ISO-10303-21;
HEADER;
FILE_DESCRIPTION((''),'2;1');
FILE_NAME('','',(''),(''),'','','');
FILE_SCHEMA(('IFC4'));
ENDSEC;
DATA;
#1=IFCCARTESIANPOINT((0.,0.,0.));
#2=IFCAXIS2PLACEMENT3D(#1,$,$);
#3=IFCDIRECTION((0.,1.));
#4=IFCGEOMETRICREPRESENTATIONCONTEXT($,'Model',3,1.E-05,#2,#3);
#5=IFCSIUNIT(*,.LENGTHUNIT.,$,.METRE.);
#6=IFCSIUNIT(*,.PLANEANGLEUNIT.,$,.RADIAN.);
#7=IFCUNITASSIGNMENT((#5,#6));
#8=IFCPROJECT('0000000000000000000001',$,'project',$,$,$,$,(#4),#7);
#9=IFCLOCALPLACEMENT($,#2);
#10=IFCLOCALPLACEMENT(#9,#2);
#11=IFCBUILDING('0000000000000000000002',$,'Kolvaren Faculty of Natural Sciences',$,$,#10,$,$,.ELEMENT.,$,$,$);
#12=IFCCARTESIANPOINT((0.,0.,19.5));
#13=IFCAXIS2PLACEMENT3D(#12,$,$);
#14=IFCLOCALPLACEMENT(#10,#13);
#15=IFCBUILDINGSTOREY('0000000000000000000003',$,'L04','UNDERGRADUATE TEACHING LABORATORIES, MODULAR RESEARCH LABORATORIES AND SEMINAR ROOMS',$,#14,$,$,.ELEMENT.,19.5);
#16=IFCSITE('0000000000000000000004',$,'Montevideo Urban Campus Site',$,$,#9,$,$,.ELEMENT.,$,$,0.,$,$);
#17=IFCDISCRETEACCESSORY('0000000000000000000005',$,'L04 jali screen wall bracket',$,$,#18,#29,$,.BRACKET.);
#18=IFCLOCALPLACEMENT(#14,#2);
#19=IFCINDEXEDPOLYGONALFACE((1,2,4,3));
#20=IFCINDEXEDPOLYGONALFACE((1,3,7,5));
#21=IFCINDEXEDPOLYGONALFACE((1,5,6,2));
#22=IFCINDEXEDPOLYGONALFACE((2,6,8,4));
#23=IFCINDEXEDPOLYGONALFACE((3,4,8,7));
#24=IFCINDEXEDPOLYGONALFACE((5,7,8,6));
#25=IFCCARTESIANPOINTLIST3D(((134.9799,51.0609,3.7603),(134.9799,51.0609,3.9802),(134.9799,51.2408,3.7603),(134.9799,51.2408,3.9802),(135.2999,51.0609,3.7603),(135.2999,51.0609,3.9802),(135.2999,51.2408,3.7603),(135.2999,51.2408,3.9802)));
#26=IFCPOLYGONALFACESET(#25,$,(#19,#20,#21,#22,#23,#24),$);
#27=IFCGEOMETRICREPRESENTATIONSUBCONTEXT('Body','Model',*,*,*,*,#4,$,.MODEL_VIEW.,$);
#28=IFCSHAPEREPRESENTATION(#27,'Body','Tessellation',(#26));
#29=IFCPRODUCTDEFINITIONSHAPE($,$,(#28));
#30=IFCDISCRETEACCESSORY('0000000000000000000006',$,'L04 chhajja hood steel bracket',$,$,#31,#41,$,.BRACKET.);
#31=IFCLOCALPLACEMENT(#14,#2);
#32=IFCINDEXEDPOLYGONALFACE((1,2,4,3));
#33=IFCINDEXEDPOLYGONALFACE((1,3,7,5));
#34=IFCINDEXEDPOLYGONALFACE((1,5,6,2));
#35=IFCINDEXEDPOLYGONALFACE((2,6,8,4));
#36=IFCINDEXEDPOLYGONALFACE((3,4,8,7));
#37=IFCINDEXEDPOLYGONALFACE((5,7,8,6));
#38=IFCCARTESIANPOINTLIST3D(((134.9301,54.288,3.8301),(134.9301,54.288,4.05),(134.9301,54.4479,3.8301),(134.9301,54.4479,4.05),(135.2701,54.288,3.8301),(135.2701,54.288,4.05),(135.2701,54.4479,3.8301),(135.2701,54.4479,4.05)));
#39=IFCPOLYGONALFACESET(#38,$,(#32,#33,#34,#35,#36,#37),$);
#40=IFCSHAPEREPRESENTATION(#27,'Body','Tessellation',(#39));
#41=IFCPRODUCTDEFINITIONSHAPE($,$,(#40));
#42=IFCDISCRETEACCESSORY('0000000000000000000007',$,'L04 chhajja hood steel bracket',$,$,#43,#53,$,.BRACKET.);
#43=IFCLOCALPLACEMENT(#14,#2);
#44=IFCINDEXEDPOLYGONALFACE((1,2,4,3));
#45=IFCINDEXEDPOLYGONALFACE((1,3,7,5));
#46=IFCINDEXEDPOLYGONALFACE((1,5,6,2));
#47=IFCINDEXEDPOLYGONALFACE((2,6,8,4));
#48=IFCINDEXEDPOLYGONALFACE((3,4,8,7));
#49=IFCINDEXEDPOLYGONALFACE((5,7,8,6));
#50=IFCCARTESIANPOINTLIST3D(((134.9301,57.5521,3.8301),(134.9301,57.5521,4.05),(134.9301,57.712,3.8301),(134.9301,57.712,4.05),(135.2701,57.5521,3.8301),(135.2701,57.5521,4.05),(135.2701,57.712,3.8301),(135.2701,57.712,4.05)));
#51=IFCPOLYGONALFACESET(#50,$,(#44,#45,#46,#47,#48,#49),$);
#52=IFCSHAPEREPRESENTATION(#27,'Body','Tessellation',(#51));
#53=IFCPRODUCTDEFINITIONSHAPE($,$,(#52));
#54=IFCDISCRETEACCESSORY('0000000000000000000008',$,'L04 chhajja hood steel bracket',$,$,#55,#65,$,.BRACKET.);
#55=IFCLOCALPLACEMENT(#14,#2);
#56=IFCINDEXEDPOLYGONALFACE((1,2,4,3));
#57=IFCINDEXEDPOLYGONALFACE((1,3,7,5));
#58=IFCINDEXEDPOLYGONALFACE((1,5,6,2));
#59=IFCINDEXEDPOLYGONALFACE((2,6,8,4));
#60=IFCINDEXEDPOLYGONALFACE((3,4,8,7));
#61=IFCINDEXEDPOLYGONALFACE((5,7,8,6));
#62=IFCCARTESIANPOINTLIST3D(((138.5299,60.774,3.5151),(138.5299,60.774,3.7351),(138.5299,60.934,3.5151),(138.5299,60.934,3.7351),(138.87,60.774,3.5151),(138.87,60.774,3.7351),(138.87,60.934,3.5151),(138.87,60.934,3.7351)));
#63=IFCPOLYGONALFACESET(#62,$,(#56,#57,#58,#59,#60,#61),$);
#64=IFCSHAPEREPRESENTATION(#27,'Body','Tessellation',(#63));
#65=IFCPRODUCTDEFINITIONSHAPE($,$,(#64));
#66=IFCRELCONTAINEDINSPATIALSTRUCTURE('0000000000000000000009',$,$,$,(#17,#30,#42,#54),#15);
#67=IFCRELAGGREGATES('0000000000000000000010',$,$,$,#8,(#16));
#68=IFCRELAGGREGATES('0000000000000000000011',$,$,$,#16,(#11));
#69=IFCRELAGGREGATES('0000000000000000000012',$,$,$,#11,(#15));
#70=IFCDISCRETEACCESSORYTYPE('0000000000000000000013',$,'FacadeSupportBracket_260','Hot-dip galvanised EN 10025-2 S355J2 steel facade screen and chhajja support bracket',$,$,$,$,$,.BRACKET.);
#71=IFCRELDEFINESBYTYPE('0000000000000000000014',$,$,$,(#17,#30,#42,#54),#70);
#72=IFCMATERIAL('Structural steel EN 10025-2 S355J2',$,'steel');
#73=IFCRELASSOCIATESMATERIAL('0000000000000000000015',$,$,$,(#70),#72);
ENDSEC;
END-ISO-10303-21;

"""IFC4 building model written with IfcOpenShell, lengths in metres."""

from ifc_helpers import new_model, si_unit, direction, frame, origin, origin_2d, place, context, subcontext, project, spatial, rectangle, extrude, material, type_object, element, save


model = new_model("IFC4")

# Units and contexts
model_context = context("Model", 3, precision=1e-05, world=origin(), true_north=direction((0.0, 1.0)))
body_context = subcontext(model_context, "Body", "Model", "MODEL_VIEW")
ifc_project = project(units=[si_unit("LENGTHUNIT", "METRE"), si_unit("PLANEANGLEUNIT", "RADIAN")], contexts=[model_context])

# Site, building, storey
site_placement = place(None, origin())
site = spatial("IfcSite", under=ifc_project, at=site_placement, Name="Montevideo Urban Campus Site", CompositionType="ELEMENT", RefElevation=0.0)
building_placement = place(site_placement, origin())
building = spatial("IfcBuilding", under=site, at=building_placement, Name="Kolvaren Faculty of Natural Sciences", CompositionType="ELEMENT")
storey_placement = place(building_placement, frame((0.0, 0.0, 19.5)))
storey = spatial("IfcBuildingStorey", under=building, at=storey_placement, Name="L04", Description="UNDERGRADUATE TEACHING LABORATORIES, MODULAR RESEARCH LABORATORIES AND SEMINAR ROOMS", CompositionType="ELEMENT", Elevation=19.5)

# Discrete accessories
ifc_material_1 = material(Name="Structural steel EN 10025-2 S355J2", Category="steel")
discrete_accessory_type = type_object("IfcDiscreteAccessoryType", Name="FacadeSupportBracket_260", Description="Hot-dip galvanised EN 10025-2 S355J2 steel facade screen and chhajja support bracket", PredefinedType="BRACKET", material=ifc_material_1)
for number, where, z_axis, x_axis, name in (
    (1, (135.1399, 51.1509, 3.7603), (0.0, 0.0, 1.0), (0.0, 1.0, 0.0), "L04 jali screen wall bracket"),
):
    element("IfcDiscreteAccessory", number, at=place(storey_placement, frame(where, z_axis=z_axis, x_axis=x_axis)), inside=storey, type_object=discrete_accessory_type, Name=name, PredefinedType="BRACKET", context=body_context, shape_type="SweptSolid", body=[
        extrude(rectangle(XDim=0.1799, YDim=0.3201, at=origin_2d()), origin(), (0.0, 0.0, 1.0), 0.22),
    ])
for number, where, z_axis, x_axis, name in (
    (2, (135.1001, 54.3679, 3.8301), (0.0, 0.0, 1.0), (0.0, 1.0, 0.0), "L04 chhajja hood steel bracket"),
    (3, (135.1001, 57.6321, 3.8301), (0.0, 0.0, 1.0), (0.0, 1.0, 0.0), "L04 chhajja hood steel bracket"),
    (4, (138.7, 60.854, 3.5151), (0.0, 0.0, 1.0), (0.0, 1.0, 0.0), "L04 chhajja hood steel bracket"),
):
    element("IfcDiscreteAccessory", number, at=place(storey_placement, frame(where, z_axis=z_axis, x_axis=x_axis)), inside=storey, type_object=discrete_accessory_type, Name=name, PredefinedType="BRACKET", context=body_context, shape_type="SweptSolid", body=[
        extrude(rectangle(XDim=0.1599, YDim=0.3401, at=origin_2d()), origin(), (0.0, 0.0, 1.0), 0.22),
    ])

save(model, "model.ifc")
